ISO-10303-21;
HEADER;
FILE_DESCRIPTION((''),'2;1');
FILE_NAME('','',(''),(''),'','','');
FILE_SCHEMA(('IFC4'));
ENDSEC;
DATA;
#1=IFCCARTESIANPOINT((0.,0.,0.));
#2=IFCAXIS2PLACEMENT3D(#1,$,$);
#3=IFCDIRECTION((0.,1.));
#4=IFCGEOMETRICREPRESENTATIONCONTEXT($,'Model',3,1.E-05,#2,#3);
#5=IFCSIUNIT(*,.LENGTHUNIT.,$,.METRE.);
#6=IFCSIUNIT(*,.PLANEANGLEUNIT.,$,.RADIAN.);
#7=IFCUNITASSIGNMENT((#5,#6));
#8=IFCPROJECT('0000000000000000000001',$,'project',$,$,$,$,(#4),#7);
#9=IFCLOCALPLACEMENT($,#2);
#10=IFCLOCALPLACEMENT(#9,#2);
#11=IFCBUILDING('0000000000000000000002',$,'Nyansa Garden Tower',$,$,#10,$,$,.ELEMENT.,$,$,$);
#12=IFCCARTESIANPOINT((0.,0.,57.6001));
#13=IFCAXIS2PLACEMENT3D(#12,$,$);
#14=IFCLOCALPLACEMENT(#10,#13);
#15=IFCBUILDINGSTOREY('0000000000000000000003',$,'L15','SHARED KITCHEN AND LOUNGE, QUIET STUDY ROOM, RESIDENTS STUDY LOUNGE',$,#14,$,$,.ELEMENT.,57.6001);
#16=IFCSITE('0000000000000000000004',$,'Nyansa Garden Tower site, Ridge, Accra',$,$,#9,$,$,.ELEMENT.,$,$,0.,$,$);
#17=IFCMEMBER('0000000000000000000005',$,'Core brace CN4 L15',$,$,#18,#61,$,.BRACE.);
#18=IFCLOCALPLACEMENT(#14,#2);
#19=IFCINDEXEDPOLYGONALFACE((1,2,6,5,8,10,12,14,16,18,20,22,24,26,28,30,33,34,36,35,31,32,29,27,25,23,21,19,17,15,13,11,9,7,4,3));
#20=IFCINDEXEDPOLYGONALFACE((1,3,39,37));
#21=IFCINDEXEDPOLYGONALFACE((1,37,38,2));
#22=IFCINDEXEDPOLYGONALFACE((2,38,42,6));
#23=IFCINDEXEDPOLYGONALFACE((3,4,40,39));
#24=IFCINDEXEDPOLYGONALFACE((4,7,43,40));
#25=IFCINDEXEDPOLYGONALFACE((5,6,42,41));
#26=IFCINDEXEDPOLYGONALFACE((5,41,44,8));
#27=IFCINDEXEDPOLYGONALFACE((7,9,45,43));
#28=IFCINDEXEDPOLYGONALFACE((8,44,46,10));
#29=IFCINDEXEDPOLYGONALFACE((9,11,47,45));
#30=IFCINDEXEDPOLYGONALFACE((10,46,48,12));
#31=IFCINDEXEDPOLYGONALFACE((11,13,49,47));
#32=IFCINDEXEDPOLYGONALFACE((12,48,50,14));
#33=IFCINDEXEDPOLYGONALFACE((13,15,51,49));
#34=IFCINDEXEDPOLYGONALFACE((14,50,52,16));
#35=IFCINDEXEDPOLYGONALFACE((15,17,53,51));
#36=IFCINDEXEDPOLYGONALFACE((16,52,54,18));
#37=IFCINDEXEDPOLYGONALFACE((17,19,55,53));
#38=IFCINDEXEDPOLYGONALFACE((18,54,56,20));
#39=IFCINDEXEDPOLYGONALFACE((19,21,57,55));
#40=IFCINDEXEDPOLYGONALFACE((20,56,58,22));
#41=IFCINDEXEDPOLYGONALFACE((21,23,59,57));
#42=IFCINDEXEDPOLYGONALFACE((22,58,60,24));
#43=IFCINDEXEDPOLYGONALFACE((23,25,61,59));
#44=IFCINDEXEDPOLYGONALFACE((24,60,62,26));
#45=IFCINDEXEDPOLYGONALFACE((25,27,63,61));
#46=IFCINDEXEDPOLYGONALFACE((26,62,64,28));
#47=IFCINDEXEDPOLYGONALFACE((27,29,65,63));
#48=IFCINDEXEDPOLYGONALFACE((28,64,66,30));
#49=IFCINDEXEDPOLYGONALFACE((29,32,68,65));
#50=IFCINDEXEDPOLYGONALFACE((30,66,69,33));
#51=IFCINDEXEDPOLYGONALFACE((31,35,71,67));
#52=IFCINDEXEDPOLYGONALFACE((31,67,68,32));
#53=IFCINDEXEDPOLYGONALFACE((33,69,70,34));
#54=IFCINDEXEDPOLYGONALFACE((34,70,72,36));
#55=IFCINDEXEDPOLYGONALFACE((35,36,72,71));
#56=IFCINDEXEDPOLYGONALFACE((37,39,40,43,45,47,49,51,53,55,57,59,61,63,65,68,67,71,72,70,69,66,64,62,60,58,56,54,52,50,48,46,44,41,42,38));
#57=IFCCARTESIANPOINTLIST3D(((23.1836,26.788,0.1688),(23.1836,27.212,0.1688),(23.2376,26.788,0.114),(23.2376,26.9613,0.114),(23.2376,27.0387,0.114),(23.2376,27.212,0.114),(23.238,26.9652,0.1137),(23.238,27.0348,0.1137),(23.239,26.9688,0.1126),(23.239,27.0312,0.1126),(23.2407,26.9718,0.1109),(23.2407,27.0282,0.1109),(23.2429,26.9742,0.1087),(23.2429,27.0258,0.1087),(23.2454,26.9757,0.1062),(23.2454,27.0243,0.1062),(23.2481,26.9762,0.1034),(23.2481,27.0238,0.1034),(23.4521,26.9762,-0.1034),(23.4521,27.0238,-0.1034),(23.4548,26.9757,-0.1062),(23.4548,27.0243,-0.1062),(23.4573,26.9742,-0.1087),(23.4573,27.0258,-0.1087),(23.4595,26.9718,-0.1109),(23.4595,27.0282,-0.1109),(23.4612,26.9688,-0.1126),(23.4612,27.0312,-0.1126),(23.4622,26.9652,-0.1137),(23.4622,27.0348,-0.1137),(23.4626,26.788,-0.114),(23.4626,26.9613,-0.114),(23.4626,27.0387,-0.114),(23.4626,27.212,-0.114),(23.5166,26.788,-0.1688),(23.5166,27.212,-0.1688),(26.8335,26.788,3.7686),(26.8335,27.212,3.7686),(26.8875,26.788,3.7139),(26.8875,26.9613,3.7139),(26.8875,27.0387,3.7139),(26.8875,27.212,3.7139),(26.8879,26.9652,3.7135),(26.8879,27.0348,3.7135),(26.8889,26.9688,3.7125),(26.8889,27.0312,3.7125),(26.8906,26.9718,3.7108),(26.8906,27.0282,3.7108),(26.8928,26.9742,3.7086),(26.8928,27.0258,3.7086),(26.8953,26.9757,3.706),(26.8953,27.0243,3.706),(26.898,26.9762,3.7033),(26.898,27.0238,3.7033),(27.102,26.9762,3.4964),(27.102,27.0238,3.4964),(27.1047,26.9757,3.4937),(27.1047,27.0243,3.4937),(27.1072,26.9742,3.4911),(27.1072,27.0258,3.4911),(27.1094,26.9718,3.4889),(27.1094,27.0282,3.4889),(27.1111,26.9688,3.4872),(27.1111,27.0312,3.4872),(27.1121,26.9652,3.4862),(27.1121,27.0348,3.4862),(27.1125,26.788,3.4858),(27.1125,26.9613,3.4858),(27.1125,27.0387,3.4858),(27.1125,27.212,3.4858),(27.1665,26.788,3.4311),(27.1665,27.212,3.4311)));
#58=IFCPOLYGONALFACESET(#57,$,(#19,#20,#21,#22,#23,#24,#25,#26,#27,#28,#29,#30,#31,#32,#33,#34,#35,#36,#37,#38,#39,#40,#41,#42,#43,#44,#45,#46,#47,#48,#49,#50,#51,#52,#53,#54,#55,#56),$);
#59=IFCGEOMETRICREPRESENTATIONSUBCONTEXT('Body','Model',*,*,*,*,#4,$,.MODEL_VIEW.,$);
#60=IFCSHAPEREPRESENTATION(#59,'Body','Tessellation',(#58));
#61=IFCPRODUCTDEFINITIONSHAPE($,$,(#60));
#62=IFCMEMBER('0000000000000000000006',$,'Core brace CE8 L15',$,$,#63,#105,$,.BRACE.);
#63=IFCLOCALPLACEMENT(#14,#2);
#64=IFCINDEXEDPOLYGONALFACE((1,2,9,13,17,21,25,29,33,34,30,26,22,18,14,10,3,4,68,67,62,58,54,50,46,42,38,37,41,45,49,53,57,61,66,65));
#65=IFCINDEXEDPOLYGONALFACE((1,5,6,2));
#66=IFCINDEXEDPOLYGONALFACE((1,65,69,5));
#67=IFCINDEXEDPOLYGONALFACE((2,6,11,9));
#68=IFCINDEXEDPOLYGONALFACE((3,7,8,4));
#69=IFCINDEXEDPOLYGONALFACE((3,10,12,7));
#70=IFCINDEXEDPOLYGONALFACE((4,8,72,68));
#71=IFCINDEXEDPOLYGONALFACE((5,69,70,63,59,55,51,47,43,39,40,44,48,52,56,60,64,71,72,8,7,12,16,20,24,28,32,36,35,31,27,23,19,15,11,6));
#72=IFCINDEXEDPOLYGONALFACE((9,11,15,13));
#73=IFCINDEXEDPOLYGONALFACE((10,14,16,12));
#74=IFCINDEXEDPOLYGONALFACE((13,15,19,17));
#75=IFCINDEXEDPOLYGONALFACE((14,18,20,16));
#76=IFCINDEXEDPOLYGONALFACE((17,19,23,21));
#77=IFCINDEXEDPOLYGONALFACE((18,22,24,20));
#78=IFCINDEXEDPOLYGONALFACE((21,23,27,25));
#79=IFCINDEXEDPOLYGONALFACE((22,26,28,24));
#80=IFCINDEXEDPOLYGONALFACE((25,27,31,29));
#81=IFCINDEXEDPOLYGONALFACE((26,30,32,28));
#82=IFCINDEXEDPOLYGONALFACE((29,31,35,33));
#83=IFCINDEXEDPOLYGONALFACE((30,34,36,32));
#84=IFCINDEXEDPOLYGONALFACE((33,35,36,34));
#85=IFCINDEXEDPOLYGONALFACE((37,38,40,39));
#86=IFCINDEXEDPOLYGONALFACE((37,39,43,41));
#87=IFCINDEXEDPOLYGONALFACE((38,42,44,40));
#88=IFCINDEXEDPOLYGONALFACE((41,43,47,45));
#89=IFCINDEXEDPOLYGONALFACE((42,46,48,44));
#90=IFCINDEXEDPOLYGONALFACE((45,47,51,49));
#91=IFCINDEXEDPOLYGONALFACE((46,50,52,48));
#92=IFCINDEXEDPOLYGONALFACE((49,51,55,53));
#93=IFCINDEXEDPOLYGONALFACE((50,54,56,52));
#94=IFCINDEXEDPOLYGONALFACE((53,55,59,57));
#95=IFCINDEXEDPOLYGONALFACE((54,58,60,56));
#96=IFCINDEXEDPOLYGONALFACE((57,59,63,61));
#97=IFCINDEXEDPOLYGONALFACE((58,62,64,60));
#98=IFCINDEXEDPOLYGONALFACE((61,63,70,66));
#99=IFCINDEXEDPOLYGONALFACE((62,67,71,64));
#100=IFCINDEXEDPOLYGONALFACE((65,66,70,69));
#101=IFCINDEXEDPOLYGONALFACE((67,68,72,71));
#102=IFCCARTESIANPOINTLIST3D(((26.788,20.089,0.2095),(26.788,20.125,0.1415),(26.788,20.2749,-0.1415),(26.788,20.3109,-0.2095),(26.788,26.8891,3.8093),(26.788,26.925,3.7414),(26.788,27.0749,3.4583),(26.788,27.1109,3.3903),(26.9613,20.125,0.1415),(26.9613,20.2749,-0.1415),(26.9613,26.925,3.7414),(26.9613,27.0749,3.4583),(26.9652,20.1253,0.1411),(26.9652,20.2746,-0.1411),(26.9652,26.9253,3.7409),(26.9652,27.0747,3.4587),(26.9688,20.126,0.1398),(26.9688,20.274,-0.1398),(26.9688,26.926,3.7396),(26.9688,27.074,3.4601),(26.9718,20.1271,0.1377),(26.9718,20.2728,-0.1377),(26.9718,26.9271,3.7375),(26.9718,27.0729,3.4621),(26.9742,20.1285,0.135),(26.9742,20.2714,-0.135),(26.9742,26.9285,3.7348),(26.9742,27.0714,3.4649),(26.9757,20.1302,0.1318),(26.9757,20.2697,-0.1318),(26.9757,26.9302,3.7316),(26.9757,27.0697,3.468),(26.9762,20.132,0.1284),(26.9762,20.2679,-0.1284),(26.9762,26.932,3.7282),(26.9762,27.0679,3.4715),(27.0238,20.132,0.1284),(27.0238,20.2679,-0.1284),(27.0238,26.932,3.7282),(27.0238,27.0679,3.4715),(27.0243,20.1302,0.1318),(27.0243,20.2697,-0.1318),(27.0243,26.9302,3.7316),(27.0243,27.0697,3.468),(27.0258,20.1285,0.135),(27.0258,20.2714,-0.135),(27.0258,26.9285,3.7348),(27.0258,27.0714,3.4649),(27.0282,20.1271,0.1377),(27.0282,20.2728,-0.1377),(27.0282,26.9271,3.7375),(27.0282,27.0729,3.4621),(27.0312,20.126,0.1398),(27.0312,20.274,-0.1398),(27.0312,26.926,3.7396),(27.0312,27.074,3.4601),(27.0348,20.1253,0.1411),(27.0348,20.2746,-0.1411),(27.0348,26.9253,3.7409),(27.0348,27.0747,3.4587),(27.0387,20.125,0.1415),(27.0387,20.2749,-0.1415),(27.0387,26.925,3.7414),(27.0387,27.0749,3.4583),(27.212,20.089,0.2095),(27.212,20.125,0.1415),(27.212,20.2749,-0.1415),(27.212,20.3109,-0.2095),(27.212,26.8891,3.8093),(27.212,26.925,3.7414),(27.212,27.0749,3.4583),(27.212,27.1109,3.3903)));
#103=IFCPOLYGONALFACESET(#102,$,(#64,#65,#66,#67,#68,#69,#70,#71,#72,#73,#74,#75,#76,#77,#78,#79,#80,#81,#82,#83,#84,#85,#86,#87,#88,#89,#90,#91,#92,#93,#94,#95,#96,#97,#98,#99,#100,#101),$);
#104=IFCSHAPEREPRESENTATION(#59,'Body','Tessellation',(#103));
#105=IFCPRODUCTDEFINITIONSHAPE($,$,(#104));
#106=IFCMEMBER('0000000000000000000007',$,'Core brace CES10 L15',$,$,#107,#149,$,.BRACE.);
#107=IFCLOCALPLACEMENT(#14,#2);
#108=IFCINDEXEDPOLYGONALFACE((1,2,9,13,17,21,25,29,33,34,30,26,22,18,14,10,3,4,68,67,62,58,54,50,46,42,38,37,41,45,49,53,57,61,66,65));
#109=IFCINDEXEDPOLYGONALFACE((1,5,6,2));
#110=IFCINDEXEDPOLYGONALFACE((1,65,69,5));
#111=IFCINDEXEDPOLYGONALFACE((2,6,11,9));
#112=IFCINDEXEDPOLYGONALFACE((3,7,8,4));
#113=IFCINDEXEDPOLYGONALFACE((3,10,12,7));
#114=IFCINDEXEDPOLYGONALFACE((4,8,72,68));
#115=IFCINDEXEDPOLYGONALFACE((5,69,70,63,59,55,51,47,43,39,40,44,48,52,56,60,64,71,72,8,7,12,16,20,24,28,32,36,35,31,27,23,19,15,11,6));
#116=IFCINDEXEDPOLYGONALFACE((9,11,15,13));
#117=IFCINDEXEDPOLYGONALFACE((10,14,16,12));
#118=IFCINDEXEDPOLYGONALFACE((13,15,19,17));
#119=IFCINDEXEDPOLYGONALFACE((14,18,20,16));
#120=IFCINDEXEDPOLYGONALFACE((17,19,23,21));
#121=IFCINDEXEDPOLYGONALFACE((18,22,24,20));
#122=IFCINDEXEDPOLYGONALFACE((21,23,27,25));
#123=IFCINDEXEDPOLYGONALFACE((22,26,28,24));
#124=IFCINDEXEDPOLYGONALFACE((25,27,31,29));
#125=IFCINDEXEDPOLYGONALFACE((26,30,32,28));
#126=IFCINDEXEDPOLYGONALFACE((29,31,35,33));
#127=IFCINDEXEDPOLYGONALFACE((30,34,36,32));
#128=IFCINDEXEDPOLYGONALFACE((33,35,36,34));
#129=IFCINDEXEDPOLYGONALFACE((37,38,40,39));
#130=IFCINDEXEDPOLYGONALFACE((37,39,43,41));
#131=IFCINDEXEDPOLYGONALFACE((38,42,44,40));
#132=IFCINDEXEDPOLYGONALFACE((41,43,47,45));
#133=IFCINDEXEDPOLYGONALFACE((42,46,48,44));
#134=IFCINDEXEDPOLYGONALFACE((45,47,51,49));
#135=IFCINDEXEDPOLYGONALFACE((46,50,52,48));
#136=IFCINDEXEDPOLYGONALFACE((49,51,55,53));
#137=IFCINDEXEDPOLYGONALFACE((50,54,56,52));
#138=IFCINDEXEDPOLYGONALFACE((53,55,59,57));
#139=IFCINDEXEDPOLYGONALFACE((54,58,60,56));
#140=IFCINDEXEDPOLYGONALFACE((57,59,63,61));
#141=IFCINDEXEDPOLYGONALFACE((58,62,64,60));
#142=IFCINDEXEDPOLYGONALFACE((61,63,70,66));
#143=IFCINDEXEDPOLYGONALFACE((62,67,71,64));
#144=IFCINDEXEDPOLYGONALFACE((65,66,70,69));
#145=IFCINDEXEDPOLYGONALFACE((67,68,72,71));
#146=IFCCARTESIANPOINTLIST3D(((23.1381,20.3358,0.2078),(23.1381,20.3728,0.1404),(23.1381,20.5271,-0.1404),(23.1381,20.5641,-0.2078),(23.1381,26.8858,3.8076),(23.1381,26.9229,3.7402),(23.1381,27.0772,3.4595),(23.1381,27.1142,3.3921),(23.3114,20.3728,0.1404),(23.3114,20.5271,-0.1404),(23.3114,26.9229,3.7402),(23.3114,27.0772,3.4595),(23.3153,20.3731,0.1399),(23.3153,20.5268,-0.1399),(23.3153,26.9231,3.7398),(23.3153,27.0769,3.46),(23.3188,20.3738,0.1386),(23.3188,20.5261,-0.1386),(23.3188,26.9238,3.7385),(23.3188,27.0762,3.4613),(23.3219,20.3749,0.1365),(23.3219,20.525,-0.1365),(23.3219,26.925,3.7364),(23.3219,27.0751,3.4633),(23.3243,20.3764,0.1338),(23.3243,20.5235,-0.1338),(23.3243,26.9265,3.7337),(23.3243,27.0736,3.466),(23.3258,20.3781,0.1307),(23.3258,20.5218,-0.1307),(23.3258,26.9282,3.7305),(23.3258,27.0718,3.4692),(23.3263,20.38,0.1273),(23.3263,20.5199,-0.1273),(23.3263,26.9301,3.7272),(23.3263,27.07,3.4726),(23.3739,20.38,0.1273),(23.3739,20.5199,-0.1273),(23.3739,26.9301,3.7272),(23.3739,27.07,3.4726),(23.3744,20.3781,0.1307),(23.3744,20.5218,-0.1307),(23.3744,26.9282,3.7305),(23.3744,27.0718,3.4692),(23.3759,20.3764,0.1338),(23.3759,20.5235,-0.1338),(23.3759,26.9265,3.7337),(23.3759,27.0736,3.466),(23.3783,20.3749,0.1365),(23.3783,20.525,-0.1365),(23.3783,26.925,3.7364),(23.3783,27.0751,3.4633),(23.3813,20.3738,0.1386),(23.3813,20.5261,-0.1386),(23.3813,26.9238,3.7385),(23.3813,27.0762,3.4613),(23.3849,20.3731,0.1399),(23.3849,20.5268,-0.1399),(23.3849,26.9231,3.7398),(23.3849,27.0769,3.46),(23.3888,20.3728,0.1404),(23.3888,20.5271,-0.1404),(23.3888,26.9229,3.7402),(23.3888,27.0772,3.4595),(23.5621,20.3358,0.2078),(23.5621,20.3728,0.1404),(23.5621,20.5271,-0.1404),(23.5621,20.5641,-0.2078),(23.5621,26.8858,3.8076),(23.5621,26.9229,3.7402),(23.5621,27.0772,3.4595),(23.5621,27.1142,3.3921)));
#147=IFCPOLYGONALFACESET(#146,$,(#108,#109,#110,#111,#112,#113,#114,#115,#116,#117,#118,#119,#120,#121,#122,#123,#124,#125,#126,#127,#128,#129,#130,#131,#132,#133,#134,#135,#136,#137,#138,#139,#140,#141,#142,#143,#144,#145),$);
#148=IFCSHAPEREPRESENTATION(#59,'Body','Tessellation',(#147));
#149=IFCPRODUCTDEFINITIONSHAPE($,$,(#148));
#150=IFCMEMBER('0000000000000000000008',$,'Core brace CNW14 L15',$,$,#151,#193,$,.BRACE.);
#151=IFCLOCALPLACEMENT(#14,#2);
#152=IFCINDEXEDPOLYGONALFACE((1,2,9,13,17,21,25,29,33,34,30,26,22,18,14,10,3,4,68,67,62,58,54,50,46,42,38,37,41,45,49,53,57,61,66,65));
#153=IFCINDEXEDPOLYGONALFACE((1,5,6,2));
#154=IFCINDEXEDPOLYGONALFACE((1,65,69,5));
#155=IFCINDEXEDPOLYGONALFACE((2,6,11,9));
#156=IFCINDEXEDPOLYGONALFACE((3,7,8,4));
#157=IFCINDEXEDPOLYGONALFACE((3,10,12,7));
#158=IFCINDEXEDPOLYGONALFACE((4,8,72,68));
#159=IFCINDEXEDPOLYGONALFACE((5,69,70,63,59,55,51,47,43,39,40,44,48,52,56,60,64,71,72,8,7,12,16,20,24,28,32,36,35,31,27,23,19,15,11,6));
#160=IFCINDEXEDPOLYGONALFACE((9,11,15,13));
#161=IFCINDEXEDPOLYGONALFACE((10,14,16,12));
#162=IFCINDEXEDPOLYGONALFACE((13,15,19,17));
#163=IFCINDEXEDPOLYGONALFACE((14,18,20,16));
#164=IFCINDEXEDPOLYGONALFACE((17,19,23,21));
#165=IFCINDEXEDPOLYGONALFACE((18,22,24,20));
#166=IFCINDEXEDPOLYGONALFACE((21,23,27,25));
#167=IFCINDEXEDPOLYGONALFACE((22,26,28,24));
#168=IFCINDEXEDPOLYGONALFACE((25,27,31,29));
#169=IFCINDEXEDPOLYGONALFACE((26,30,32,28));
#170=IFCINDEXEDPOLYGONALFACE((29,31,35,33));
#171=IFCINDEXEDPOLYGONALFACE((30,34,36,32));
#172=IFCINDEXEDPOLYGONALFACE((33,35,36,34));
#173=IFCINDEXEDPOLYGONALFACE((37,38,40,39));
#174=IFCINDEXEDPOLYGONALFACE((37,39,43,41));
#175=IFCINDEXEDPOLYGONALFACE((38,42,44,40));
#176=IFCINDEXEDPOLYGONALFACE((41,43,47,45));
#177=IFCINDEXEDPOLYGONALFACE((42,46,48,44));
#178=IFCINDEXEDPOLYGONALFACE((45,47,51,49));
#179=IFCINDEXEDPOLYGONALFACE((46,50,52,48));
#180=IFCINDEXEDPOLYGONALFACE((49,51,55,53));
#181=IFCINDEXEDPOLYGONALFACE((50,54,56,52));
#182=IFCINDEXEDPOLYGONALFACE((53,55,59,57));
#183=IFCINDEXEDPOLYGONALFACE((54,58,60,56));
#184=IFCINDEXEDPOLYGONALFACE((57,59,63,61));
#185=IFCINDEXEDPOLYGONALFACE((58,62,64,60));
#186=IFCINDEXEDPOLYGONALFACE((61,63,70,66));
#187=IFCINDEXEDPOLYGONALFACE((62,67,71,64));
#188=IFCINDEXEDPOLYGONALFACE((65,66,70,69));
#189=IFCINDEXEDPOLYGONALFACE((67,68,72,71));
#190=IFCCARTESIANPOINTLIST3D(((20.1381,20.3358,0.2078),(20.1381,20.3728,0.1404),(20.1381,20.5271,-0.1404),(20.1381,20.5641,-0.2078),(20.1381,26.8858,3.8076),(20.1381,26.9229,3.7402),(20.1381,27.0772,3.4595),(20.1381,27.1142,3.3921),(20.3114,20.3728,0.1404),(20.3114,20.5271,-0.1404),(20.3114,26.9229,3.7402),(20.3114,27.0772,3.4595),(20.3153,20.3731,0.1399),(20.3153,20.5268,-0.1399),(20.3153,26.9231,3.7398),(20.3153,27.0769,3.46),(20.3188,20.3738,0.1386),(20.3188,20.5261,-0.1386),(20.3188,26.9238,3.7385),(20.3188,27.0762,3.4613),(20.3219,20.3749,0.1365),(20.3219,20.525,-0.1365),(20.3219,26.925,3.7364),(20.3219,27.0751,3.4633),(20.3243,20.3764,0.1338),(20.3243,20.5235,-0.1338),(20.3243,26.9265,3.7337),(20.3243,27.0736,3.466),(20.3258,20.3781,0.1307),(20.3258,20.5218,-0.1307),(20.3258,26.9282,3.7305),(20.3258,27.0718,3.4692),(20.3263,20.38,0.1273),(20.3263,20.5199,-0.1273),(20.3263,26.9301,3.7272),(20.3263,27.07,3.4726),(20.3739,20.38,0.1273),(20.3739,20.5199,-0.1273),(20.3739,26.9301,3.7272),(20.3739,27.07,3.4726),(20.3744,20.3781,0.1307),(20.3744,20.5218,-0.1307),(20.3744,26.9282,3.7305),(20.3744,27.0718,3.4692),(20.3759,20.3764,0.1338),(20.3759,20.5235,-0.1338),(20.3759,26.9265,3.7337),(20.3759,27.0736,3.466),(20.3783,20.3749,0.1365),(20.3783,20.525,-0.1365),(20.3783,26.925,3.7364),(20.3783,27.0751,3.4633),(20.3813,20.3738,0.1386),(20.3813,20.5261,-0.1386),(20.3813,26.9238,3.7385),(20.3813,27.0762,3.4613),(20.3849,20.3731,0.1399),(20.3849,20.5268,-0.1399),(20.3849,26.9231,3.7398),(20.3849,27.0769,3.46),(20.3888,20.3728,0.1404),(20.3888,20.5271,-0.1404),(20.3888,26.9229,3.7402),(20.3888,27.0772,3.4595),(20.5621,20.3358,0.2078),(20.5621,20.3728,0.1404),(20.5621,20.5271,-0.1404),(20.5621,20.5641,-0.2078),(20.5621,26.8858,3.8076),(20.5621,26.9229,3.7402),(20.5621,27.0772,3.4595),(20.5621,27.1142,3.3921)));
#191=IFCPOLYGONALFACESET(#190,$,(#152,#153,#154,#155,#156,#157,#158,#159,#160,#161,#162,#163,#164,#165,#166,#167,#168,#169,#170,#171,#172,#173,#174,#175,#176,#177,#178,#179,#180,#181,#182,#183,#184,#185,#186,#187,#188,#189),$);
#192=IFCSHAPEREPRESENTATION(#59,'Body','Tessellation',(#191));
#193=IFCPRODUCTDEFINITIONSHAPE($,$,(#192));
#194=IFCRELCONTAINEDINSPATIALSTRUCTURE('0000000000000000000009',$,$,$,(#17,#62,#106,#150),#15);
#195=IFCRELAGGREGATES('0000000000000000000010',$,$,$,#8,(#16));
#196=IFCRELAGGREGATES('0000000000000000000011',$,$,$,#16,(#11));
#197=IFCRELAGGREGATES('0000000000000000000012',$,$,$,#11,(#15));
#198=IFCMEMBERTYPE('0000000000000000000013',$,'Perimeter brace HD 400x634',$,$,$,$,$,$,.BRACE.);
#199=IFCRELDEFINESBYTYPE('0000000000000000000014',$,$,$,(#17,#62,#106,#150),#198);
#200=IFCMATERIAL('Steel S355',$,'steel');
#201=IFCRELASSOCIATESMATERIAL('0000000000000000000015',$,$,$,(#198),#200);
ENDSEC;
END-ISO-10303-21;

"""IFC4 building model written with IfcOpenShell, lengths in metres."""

from ifc_helpers import new_model, si_unit, direction, frame, origin, origin_2d, place, context, subcontext, project, spatial, i_section, extrude, material, material_profile, profile_set, type_object, element, save


model = new_model("IFC4")

# Units and contexts
model_context = context("Model", 3, precision=1e-05, world=origin(), true_north=direction((0.0, 1.0)))
body_context = subcontext(model_context, "Body", "Model", "MODEL_VIEW")
ifc_project = project(units=[si_unit("LENGTHUNIT", "METRE"), si_unit("PLANEANGLEUNIT", "RADIAN")], contexts=[model_context])

# Site, building, storey
site_placement = place(None, origin())
site = spatial("IfcSite", under=ifc_project, at=site_placement, Name="Nyansa Garden Tower site, Ridge, Accra", CompositionType="ELEMENT", RefElevation=0.0)
building_placement = place(site_placement, origin())
building = spatial("IfcBuilding", under=site, at=building_placement, Name="Nyansa Garden Tower", CompositionType="ELEMENT")
storey_placement = place(building_placement, frame((0.0, 0.0, 57.6001)))
storey = spatial("IfcBuildingStorey", under=building, at=storey_placement, Name="L15", Description="SHARED KITCHEN AND LOUNGE, QUIET STUDY ROOM, RESIDENTS STUDY LOUNGE", CompositionType="ELEMENT", Elevation=57.6001)

# Members
ifc_material_1 = material(Name="Steel S355", Category="steel")
ifc_material_profile_1 = material_profile(ifc_material_1, i_section(OverallWidth=0.4241, OverallDepth=0.4741, WebThickness=0.0476, FlangeThickness=0.0769, FilletRadius=0.0149, at=origin_2d()), Name="HD 400x634")
ifc_profile_set_1 = profile_set([ifc_material_profile_1], Name="Steel S355")
member_type = type_object("IfcMemberType", Name="Perimeter brace HD 400x634", PredefinedType="BRACE", material=ifc_profile_set_1)
member_1_placement = place(storey_placement, frame((23.3501, 27.0, 0.0), z_axis=(0.711971, 0.0, 0.702209), x_axis=(0.0, 1.0, 0.0)))
element("IfcMember", 1, at=member_1_placement, inside=storey, type_object=member_type, Name="Core brace CN4 L15", PredefinedType="BRACE", context=body_context, shape_type="SweptSolid", body=[
    extrude(i_section(OverallWidth=0.4241, OverallDepth=0.4741, WebThickness=0.0476, FlangeThickness=0.0769, FilletRadius=0.0149, at=origin_2d()), origin(), (0.0, 0.0, 1.0), 5.1265),
])
member_2_placement = place(storey_placement, frame((27.0, 20.2, 0.0), z_axis=(0.0, 0.883797, 0.46787), x_axis=(-1.0, 0.0, 0.0)))
element("IfcMember", 2, at=member_2_placement, inside=storey, type_object=member_type, Name="Core brace CE8 L15", PredefinedType="BRACE", context=body_context, shape_type="SweptSolid", body=[
    extrude(i_section(OverallWidth=0.4241, OverallDepth=0.4741, WebThickness=0.0476, FlangeThickness=0.0769, FilletRadius=0.0149, at=origin_2d()), origin(), (0.0, 0.0, 1.0), 7.6941),
])
for number, where, z_axis, x_axis, name in (
    (3, (23.3501, 20.45, 0.0), (0.0, 0.876367, 0.481644), (-1.0, 0.0, 0.0), "Core brace CES10 L15"),
    (4, (20.3501, 20.45, 0.0), (0.0, 0.876367, 0.481644), (-1.0, 0.0, 0.0), "Core brace CNW14 L15"),
):
    element("IfcMember", number, at=place(storey_placement, frame(where, z_axis=z_axis, x_axis=x_axis)), inside=storey, type_object=member_type, Name=name, PredefinedType="BRACE", context=body_context, shape_type="SweptSolid", body=[
        extrude(i_section(OverallWidth=0.4241, OverallDepth=0.4741, WebThickness=0.0476, FlangeThickness=0.0769, FilletRadius=0.0149, at=origin_2d()), origin(), (0.0, 0.0, 1.0), 7.4741),
    ])

save(model, "model.ifc")
